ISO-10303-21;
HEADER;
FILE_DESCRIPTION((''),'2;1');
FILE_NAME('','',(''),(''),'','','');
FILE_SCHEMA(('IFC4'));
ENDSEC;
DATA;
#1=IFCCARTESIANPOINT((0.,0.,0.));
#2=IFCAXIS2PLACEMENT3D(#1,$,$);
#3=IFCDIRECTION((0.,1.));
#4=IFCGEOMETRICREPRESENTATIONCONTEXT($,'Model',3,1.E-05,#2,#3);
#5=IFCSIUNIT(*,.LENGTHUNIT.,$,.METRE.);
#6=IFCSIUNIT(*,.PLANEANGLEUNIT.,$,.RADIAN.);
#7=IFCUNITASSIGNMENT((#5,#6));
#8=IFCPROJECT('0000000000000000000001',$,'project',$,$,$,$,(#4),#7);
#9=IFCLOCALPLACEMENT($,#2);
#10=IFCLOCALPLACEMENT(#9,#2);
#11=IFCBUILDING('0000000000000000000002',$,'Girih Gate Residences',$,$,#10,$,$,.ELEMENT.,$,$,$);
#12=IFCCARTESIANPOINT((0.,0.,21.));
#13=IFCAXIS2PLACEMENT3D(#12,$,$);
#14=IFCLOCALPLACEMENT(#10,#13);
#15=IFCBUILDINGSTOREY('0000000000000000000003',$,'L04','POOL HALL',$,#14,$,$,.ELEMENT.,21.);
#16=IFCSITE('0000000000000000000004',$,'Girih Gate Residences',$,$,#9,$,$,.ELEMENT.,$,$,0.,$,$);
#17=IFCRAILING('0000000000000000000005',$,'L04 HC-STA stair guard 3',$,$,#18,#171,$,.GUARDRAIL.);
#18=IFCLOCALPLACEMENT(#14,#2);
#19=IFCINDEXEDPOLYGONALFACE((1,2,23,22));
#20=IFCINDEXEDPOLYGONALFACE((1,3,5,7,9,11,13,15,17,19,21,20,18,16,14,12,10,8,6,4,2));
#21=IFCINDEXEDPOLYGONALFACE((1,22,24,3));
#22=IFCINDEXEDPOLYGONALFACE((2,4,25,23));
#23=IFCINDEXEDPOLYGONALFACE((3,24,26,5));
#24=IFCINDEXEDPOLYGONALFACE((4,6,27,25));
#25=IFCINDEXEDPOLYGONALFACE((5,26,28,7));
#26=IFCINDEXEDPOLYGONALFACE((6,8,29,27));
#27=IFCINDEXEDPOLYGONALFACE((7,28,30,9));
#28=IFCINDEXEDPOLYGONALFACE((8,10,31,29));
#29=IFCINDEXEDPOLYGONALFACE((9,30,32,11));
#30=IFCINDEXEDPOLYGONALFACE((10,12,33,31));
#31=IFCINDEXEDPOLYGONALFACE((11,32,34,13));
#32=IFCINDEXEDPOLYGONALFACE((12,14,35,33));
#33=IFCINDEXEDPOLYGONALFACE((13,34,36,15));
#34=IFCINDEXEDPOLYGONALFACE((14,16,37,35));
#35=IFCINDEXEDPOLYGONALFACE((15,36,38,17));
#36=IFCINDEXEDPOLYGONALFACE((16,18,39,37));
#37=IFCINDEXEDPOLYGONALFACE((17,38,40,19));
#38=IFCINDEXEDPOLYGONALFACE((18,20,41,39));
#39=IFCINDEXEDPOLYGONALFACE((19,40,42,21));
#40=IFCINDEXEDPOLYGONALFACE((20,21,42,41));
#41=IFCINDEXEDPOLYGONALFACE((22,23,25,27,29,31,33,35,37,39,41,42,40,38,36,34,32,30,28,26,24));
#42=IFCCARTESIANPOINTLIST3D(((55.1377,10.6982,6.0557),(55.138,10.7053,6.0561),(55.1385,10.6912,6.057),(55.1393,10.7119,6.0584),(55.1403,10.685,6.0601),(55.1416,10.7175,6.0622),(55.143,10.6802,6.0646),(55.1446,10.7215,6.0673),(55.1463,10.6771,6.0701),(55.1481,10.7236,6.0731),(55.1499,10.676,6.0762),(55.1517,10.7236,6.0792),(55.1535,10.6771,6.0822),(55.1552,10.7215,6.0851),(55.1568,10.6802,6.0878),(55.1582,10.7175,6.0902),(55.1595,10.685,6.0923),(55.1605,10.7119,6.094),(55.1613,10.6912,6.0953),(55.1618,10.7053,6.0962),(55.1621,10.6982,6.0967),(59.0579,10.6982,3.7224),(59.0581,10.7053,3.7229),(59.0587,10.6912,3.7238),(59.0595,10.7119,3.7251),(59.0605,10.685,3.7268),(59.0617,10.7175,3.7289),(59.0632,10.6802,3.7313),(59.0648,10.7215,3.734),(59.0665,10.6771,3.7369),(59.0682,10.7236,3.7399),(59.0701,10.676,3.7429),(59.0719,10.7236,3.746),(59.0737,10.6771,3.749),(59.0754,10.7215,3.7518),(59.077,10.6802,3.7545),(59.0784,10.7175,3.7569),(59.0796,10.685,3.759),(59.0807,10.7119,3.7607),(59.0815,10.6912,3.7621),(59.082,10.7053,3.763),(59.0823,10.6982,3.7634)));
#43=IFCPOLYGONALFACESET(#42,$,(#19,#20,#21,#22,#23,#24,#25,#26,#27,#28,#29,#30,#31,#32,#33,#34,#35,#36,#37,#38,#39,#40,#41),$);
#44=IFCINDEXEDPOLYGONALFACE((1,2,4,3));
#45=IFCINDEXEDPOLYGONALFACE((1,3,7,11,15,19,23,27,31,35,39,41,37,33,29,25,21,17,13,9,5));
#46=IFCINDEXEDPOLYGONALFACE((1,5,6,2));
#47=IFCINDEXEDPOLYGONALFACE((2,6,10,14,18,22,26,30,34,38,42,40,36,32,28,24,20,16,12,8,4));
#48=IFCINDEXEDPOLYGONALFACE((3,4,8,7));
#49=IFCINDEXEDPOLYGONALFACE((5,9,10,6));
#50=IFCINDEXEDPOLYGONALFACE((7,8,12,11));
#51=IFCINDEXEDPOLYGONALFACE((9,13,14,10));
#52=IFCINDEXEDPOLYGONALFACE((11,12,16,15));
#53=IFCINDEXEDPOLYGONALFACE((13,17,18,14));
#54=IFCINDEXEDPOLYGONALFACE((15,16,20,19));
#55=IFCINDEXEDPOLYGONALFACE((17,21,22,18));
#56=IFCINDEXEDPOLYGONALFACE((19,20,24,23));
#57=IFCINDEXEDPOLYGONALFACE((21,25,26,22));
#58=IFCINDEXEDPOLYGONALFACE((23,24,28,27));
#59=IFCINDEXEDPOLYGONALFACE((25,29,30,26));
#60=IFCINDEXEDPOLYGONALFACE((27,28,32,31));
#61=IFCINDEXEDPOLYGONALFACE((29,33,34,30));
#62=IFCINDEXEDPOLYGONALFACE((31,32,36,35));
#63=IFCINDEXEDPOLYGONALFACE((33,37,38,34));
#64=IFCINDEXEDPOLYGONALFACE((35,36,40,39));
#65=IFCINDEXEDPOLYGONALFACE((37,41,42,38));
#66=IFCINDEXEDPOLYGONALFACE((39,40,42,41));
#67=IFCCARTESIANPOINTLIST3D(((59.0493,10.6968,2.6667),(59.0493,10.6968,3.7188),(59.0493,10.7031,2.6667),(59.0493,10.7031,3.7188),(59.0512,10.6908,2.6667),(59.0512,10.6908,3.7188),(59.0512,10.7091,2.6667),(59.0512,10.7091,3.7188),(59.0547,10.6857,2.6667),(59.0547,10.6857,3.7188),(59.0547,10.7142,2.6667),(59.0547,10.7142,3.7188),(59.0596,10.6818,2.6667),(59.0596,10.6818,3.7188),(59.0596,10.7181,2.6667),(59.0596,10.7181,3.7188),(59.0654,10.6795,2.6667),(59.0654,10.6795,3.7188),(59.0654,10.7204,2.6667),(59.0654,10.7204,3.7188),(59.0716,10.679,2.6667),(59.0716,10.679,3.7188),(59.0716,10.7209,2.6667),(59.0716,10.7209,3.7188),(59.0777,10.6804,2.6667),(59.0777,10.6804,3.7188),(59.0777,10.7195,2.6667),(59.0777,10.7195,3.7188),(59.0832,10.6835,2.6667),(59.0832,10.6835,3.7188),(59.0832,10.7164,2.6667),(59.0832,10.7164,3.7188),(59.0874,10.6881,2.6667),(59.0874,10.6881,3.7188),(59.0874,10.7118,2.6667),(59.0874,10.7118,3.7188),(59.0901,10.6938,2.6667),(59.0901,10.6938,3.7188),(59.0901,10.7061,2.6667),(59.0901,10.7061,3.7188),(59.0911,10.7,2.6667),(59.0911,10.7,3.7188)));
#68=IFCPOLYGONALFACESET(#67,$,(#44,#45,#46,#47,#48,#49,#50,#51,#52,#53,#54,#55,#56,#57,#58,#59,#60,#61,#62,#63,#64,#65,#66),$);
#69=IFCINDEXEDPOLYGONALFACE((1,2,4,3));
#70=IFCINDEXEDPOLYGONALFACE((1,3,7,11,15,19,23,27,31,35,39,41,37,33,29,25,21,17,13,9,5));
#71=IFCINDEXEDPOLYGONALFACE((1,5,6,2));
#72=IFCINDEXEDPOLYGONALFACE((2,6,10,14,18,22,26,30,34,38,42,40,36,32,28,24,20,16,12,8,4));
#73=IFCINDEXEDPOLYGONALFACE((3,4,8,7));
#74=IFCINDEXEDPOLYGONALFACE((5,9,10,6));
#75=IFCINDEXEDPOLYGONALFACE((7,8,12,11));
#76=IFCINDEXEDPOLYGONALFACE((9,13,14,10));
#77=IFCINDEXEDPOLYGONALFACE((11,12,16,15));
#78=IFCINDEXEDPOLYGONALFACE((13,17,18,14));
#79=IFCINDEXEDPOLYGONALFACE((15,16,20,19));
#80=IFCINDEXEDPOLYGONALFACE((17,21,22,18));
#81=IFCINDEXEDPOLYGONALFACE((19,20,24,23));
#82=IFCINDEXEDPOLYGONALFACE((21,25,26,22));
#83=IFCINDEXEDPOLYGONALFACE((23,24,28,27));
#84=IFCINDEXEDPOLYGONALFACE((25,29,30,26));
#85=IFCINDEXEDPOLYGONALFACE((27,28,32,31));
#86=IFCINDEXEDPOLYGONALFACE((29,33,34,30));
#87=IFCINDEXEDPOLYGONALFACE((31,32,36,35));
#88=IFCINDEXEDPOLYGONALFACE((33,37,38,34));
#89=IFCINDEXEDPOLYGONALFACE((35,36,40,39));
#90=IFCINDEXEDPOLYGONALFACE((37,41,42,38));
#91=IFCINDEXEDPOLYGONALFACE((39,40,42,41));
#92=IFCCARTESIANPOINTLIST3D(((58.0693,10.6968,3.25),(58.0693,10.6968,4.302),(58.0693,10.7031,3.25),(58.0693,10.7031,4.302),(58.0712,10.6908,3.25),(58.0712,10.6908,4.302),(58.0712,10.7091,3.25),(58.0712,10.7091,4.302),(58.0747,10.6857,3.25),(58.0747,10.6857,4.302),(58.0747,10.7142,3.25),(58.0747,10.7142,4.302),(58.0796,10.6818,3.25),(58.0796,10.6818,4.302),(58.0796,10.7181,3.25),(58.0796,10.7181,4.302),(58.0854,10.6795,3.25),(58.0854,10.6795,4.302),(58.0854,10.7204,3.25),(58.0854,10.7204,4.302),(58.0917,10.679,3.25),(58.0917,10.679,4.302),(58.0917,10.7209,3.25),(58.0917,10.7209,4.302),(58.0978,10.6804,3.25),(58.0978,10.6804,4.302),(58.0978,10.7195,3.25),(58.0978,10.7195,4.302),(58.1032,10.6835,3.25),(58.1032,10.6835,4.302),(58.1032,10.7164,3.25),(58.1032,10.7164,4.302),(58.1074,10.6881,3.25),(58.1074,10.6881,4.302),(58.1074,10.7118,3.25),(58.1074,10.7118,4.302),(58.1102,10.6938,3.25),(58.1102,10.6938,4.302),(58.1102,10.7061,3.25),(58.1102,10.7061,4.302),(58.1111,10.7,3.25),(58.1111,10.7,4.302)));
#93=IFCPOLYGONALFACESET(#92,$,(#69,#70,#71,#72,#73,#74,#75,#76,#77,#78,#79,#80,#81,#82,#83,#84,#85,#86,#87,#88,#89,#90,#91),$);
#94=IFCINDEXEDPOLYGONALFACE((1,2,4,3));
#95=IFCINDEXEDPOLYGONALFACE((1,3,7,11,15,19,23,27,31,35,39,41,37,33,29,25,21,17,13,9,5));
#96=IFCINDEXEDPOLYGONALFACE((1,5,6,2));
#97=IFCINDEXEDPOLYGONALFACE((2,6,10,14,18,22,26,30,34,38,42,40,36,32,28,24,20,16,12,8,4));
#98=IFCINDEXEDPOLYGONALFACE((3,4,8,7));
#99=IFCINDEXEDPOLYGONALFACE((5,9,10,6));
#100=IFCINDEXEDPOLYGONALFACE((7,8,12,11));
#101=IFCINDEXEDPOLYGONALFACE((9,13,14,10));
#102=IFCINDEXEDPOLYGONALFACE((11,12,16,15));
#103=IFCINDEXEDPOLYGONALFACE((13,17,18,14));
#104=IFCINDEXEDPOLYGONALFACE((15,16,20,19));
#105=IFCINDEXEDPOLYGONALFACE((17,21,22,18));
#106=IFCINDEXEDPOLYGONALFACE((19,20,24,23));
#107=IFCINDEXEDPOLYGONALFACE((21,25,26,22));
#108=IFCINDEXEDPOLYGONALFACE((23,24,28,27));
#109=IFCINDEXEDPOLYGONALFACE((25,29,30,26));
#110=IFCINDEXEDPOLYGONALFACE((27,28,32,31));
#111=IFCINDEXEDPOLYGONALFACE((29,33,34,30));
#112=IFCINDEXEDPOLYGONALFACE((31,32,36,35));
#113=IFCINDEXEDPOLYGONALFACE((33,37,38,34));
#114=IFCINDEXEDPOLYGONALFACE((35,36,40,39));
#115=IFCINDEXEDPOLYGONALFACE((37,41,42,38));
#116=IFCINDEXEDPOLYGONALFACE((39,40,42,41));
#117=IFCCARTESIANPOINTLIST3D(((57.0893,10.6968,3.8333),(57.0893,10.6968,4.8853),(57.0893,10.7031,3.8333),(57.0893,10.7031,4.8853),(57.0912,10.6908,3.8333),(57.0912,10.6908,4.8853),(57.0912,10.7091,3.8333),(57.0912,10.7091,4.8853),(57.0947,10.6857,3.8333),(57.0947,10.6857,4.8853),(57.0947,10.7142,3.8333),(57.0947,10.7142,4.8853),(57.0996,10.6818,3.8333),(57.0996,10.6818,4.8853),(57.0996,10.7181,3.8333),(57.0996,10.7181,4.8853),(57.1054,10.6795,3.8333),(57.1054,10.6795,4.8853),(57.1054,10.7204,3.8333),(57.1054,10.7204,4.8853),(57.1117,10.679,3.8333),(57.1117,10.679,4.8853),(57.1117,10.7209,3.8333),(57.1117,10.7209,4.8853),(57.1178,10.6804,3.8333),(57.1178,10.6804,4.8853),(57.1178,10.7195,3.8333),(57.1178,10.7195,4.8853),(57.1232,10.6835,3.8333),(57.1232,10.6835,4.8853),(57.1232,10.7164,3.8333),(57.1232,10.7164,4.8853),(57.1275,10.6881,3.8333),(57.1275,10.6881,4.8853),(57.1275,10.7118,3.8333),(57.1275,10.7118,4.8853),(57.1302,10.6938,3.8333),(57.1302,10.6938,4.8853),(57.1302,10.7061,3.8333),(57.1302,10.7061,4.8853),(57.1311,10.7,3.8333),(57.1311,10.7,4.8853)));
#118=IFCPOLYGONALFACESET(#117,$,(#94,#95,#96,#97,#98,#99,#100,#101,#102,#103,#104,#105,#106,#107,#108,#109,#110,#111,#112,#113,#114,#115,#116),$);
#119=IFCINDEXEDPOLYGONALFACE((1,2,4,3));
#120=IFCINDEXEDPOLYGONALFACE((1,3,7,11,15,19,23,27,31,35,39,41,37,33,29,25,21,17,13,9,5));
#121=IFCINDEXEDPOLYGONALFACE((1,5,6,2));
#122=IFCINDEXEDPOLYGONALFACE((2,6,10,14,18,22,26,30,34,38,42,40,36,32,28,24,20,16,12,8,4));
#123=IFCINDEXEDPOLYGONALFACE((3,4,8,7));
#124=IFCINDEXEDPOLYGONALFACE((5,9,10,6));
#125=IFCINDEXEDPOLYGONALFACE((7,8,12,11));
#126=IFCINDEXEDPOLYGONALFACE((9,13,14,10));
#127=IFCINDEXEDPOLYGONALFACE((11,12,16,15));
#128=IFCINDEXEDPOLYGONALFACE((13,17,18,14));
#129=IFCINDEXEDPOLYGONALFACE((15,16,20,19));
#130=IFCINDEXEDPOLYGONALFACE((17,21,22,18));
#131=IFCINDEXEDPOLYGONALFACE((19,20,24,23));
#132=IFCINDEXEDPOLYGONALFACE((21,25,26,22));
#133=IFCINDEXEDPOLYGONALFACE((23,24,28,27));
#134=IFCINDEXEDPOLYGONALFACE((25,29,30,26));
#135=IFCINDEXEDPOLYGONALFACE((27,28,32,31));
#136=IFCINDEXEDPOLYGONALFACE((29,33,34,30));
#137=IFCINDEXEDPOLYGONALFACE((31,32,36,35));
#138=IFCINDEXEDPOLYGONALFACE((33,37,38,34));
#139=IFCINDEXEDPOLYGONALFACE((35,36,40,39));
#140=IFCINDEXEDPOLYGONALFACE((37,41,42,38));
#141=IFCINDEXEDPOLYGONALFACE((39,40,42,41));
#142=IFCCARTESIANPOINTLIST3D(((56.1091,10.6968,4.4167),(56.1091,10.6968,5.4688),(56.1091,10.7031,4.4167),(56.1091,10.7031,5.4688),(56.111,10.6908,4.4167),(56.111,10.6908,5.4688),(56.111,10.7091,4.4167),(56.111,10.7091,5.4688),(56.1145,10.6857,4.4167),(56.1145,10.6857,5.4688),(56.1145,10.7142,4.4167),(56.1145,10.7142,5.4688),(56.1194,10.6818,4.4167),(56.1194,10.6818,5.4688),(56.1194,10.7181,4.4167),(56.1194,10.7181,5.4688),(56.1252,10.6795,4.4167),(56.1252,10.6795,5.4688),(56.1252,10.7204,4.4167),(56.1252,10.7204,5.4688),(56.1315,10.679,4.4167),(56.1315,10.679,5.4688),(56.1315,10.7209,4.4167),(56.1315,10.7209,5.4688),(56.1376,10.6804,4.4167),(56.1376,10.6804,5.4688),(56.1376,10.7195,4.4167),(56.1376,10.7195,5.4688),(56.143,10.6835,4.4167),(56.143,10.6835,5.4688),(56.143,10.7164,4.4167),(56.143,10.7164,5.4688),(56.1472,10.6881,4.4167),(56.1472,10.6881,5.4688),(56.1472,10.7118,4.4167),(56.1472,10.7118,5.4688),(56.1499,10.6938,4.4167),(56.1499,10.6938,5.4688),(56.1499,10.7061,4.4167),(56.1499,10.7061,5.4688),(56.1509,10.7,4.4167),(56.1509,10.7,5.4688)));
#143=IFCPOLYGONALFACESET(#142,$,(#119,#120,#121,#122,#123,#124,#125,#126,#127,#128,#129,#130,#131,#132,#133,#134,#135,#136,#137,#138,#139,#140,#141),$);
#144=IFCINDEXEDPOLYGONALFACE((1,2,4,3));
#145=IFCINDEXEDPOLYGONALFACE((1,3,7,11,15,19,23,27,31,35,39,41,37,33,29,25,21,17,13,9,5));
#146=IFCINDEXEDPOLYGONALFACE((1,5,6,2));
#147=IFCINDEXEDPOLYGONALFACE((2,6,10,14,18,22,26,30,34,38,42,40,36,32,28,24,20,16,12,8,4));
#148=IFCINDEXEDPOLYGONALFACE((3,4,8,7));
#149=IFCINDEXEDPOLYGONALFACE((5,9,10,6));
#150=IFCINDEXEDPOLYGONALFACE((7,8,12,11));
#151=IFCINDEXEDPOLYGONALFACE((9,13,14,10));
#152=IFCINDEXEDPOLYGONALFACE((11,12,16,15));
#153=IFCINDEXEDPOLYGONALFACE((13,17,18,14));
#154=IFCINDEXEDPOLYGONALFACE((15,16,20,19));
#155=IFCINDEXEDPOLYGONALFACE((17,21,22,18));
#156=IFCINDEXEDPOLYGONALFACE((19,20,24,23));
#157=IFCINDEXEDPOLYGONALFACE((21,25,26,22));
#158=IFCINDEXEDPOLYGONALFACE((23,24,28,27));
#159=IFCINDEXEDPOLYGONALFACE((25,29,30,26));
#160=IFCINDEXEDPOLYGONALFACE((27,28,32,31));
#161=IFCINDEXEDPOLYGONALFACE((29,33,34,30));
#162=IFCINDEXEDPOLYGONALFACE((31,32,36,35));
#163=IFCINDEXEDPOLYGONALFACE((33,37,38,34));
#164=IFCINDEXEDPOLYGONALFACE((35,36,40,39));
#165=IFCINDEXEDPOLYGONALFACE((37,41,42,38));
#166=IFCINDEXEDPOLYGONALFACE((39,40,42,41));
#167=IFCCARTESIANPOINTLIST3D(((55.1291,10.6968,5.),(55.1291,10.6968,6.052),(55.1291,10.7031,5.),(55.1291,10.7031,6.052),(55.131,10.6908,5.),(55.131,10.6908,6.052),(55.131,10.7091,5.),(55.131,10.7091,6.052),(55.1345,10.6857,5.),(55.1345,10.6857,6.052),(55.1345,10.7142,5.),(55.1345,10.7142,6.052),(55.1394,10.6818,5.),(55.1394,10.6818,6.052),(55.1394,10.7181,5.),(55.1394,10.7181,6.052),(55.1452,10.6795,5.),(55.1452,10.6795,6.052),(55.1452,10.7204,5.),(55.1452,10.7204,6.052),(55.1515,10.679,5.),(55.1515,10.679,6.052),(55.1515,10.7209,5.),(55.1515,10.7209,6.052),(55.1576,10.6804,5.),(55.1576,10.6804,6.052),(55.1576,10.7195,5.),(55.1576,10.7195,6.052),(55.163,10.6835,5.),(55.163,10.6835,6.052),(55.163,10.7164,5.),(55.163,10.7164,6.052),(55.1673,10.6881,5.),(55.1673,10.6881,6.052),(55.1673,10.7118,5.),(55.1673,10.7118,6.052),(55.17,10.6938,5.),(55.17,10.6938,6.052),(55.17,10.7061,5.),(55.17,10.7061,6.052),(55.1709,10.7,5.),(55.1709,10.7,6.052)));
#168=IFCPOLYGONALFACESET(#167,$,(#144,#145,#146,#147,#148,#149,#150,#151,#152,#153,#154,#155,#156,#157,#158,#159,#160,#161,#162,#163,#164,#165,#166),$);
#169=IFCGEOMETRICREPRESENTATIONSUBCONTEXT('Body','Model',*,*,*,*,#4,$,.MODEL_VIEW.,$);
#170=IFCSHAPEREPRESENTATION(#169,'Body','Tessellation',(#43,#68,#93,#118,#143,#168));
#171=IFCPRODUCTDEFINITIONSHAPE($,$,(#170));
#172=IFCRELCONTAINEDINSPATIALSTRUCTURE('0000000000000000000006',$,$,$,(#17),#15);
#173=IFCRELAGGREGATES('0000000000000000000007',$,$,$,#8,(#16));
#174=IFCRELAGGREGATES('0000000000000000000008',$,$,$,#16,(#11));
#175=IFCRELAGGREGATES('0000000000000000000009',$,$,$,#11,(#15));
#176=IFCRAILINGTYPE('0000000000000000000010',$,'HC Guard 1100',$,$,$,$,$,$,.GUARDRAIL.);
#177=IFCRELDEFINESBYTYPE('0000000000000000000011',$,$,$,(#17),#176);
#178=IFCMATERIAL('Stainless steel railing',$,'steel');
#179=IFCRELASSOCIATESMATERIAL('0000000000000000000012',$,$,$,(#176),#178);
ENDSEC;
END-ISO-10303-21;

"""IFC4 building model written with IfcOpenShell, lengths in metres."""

from ifc_helpers import new_model, si_unit, direction, frame, origin, origin_2d, place, context, subcontext, project, spatial, circle, extrude, material, type_object, element, save


model = new_model("IFC4")

# Units and contexts
model_context = context("Model", 3, precision=1e-05, world=origin(), true_north=direction((0.0, 1.0)))
body_context = subcontext(model_context, "Body", "Model", "MODEL_VIEW")
ifc_project = project(units=[si_unit("LENGTHUNIT", "METRE"), si_unit("PLANEANGLEUNIT", "RADIAN")], contexts=[model_context])

# Site, building, storey
site_placement = place(None, origin())
site = spatial("IfcSite", under=ifc_project, at=site_placement, Name="Girih Gate Residences", CompositionType="ELEMENT", RefElevation=0.0)
building_placement = place(site_placement, origin())
building = spatial("IfcBuilding", under=site, at=building_placement, Name="Girih Gate Residences", CompositionType="ELEMENT")
storey_placement = place(building_placement, frame((0.0, 0.0, 21.0)))
storey = spatial("IfcBuildingStorey", under=building, at=storey_placement, Name="L04", Description="POOL HALL", CompositionType="ELEMENT", Elevation=21.0)

# Railing
ifc_material_1 = material(Name="Stainless steel railing", Category="steel")
railing_type_1 = type_object("IfcRailingType", Name="HC Guard 1100", PredefinedType="GUARDRAIL", material=ifc_material_1)
railing_1_placement = place(storey_placement, frame((59.0701, 10.7, 2.6667)))
element("IfcRailing", 1, at=railing_1_placement, inside=storey, type_object=railing_type_1, Name="L04 HC-STA stair guard 3", PredefinedType="GUARDRAIL", context=body_context, shape_type="SweptSolid", body=[
    extrude(circle(Radius=0.0239, at=origin_2d()), frame((0.0, 0.0, 1.0762), z_axis=(-0.85931, 0.0, 0.511455), x_axis=(0.0, -1.0, 0.0)), (0.0, 0.0, 1.0), 4.562),
    extrude(circle(Radius=0.021, at=origin_2d()), origin(), (0.0, 0.0, 1.0), 1.052),
    extrude(circle(Radius=0.021, at=origin_2d()), frame((-0.98, 0.0, 0.5833)), (0.0, 0.0, 1.0), 1.052),
    extrude(circle(Radius=0.021, at=origin_2d()), frame((-1.96, 0.0, 1.1665)), (0.0, 0.0, 1.0), 1.052),
    extrude(circle(Radius=0.021, at=origin_2d()), frame((-2.9402, 0.0, 1.75)), (0.0, 0.0, 1.0), 1.052),
    extrude(circle(Radius=0.021, at=origin_2d()), frame((-3.9202, 0.0, 2.3333)), (0.0, 0.0, 1.0), 1.052),
])

save(model, "model.ifc")
